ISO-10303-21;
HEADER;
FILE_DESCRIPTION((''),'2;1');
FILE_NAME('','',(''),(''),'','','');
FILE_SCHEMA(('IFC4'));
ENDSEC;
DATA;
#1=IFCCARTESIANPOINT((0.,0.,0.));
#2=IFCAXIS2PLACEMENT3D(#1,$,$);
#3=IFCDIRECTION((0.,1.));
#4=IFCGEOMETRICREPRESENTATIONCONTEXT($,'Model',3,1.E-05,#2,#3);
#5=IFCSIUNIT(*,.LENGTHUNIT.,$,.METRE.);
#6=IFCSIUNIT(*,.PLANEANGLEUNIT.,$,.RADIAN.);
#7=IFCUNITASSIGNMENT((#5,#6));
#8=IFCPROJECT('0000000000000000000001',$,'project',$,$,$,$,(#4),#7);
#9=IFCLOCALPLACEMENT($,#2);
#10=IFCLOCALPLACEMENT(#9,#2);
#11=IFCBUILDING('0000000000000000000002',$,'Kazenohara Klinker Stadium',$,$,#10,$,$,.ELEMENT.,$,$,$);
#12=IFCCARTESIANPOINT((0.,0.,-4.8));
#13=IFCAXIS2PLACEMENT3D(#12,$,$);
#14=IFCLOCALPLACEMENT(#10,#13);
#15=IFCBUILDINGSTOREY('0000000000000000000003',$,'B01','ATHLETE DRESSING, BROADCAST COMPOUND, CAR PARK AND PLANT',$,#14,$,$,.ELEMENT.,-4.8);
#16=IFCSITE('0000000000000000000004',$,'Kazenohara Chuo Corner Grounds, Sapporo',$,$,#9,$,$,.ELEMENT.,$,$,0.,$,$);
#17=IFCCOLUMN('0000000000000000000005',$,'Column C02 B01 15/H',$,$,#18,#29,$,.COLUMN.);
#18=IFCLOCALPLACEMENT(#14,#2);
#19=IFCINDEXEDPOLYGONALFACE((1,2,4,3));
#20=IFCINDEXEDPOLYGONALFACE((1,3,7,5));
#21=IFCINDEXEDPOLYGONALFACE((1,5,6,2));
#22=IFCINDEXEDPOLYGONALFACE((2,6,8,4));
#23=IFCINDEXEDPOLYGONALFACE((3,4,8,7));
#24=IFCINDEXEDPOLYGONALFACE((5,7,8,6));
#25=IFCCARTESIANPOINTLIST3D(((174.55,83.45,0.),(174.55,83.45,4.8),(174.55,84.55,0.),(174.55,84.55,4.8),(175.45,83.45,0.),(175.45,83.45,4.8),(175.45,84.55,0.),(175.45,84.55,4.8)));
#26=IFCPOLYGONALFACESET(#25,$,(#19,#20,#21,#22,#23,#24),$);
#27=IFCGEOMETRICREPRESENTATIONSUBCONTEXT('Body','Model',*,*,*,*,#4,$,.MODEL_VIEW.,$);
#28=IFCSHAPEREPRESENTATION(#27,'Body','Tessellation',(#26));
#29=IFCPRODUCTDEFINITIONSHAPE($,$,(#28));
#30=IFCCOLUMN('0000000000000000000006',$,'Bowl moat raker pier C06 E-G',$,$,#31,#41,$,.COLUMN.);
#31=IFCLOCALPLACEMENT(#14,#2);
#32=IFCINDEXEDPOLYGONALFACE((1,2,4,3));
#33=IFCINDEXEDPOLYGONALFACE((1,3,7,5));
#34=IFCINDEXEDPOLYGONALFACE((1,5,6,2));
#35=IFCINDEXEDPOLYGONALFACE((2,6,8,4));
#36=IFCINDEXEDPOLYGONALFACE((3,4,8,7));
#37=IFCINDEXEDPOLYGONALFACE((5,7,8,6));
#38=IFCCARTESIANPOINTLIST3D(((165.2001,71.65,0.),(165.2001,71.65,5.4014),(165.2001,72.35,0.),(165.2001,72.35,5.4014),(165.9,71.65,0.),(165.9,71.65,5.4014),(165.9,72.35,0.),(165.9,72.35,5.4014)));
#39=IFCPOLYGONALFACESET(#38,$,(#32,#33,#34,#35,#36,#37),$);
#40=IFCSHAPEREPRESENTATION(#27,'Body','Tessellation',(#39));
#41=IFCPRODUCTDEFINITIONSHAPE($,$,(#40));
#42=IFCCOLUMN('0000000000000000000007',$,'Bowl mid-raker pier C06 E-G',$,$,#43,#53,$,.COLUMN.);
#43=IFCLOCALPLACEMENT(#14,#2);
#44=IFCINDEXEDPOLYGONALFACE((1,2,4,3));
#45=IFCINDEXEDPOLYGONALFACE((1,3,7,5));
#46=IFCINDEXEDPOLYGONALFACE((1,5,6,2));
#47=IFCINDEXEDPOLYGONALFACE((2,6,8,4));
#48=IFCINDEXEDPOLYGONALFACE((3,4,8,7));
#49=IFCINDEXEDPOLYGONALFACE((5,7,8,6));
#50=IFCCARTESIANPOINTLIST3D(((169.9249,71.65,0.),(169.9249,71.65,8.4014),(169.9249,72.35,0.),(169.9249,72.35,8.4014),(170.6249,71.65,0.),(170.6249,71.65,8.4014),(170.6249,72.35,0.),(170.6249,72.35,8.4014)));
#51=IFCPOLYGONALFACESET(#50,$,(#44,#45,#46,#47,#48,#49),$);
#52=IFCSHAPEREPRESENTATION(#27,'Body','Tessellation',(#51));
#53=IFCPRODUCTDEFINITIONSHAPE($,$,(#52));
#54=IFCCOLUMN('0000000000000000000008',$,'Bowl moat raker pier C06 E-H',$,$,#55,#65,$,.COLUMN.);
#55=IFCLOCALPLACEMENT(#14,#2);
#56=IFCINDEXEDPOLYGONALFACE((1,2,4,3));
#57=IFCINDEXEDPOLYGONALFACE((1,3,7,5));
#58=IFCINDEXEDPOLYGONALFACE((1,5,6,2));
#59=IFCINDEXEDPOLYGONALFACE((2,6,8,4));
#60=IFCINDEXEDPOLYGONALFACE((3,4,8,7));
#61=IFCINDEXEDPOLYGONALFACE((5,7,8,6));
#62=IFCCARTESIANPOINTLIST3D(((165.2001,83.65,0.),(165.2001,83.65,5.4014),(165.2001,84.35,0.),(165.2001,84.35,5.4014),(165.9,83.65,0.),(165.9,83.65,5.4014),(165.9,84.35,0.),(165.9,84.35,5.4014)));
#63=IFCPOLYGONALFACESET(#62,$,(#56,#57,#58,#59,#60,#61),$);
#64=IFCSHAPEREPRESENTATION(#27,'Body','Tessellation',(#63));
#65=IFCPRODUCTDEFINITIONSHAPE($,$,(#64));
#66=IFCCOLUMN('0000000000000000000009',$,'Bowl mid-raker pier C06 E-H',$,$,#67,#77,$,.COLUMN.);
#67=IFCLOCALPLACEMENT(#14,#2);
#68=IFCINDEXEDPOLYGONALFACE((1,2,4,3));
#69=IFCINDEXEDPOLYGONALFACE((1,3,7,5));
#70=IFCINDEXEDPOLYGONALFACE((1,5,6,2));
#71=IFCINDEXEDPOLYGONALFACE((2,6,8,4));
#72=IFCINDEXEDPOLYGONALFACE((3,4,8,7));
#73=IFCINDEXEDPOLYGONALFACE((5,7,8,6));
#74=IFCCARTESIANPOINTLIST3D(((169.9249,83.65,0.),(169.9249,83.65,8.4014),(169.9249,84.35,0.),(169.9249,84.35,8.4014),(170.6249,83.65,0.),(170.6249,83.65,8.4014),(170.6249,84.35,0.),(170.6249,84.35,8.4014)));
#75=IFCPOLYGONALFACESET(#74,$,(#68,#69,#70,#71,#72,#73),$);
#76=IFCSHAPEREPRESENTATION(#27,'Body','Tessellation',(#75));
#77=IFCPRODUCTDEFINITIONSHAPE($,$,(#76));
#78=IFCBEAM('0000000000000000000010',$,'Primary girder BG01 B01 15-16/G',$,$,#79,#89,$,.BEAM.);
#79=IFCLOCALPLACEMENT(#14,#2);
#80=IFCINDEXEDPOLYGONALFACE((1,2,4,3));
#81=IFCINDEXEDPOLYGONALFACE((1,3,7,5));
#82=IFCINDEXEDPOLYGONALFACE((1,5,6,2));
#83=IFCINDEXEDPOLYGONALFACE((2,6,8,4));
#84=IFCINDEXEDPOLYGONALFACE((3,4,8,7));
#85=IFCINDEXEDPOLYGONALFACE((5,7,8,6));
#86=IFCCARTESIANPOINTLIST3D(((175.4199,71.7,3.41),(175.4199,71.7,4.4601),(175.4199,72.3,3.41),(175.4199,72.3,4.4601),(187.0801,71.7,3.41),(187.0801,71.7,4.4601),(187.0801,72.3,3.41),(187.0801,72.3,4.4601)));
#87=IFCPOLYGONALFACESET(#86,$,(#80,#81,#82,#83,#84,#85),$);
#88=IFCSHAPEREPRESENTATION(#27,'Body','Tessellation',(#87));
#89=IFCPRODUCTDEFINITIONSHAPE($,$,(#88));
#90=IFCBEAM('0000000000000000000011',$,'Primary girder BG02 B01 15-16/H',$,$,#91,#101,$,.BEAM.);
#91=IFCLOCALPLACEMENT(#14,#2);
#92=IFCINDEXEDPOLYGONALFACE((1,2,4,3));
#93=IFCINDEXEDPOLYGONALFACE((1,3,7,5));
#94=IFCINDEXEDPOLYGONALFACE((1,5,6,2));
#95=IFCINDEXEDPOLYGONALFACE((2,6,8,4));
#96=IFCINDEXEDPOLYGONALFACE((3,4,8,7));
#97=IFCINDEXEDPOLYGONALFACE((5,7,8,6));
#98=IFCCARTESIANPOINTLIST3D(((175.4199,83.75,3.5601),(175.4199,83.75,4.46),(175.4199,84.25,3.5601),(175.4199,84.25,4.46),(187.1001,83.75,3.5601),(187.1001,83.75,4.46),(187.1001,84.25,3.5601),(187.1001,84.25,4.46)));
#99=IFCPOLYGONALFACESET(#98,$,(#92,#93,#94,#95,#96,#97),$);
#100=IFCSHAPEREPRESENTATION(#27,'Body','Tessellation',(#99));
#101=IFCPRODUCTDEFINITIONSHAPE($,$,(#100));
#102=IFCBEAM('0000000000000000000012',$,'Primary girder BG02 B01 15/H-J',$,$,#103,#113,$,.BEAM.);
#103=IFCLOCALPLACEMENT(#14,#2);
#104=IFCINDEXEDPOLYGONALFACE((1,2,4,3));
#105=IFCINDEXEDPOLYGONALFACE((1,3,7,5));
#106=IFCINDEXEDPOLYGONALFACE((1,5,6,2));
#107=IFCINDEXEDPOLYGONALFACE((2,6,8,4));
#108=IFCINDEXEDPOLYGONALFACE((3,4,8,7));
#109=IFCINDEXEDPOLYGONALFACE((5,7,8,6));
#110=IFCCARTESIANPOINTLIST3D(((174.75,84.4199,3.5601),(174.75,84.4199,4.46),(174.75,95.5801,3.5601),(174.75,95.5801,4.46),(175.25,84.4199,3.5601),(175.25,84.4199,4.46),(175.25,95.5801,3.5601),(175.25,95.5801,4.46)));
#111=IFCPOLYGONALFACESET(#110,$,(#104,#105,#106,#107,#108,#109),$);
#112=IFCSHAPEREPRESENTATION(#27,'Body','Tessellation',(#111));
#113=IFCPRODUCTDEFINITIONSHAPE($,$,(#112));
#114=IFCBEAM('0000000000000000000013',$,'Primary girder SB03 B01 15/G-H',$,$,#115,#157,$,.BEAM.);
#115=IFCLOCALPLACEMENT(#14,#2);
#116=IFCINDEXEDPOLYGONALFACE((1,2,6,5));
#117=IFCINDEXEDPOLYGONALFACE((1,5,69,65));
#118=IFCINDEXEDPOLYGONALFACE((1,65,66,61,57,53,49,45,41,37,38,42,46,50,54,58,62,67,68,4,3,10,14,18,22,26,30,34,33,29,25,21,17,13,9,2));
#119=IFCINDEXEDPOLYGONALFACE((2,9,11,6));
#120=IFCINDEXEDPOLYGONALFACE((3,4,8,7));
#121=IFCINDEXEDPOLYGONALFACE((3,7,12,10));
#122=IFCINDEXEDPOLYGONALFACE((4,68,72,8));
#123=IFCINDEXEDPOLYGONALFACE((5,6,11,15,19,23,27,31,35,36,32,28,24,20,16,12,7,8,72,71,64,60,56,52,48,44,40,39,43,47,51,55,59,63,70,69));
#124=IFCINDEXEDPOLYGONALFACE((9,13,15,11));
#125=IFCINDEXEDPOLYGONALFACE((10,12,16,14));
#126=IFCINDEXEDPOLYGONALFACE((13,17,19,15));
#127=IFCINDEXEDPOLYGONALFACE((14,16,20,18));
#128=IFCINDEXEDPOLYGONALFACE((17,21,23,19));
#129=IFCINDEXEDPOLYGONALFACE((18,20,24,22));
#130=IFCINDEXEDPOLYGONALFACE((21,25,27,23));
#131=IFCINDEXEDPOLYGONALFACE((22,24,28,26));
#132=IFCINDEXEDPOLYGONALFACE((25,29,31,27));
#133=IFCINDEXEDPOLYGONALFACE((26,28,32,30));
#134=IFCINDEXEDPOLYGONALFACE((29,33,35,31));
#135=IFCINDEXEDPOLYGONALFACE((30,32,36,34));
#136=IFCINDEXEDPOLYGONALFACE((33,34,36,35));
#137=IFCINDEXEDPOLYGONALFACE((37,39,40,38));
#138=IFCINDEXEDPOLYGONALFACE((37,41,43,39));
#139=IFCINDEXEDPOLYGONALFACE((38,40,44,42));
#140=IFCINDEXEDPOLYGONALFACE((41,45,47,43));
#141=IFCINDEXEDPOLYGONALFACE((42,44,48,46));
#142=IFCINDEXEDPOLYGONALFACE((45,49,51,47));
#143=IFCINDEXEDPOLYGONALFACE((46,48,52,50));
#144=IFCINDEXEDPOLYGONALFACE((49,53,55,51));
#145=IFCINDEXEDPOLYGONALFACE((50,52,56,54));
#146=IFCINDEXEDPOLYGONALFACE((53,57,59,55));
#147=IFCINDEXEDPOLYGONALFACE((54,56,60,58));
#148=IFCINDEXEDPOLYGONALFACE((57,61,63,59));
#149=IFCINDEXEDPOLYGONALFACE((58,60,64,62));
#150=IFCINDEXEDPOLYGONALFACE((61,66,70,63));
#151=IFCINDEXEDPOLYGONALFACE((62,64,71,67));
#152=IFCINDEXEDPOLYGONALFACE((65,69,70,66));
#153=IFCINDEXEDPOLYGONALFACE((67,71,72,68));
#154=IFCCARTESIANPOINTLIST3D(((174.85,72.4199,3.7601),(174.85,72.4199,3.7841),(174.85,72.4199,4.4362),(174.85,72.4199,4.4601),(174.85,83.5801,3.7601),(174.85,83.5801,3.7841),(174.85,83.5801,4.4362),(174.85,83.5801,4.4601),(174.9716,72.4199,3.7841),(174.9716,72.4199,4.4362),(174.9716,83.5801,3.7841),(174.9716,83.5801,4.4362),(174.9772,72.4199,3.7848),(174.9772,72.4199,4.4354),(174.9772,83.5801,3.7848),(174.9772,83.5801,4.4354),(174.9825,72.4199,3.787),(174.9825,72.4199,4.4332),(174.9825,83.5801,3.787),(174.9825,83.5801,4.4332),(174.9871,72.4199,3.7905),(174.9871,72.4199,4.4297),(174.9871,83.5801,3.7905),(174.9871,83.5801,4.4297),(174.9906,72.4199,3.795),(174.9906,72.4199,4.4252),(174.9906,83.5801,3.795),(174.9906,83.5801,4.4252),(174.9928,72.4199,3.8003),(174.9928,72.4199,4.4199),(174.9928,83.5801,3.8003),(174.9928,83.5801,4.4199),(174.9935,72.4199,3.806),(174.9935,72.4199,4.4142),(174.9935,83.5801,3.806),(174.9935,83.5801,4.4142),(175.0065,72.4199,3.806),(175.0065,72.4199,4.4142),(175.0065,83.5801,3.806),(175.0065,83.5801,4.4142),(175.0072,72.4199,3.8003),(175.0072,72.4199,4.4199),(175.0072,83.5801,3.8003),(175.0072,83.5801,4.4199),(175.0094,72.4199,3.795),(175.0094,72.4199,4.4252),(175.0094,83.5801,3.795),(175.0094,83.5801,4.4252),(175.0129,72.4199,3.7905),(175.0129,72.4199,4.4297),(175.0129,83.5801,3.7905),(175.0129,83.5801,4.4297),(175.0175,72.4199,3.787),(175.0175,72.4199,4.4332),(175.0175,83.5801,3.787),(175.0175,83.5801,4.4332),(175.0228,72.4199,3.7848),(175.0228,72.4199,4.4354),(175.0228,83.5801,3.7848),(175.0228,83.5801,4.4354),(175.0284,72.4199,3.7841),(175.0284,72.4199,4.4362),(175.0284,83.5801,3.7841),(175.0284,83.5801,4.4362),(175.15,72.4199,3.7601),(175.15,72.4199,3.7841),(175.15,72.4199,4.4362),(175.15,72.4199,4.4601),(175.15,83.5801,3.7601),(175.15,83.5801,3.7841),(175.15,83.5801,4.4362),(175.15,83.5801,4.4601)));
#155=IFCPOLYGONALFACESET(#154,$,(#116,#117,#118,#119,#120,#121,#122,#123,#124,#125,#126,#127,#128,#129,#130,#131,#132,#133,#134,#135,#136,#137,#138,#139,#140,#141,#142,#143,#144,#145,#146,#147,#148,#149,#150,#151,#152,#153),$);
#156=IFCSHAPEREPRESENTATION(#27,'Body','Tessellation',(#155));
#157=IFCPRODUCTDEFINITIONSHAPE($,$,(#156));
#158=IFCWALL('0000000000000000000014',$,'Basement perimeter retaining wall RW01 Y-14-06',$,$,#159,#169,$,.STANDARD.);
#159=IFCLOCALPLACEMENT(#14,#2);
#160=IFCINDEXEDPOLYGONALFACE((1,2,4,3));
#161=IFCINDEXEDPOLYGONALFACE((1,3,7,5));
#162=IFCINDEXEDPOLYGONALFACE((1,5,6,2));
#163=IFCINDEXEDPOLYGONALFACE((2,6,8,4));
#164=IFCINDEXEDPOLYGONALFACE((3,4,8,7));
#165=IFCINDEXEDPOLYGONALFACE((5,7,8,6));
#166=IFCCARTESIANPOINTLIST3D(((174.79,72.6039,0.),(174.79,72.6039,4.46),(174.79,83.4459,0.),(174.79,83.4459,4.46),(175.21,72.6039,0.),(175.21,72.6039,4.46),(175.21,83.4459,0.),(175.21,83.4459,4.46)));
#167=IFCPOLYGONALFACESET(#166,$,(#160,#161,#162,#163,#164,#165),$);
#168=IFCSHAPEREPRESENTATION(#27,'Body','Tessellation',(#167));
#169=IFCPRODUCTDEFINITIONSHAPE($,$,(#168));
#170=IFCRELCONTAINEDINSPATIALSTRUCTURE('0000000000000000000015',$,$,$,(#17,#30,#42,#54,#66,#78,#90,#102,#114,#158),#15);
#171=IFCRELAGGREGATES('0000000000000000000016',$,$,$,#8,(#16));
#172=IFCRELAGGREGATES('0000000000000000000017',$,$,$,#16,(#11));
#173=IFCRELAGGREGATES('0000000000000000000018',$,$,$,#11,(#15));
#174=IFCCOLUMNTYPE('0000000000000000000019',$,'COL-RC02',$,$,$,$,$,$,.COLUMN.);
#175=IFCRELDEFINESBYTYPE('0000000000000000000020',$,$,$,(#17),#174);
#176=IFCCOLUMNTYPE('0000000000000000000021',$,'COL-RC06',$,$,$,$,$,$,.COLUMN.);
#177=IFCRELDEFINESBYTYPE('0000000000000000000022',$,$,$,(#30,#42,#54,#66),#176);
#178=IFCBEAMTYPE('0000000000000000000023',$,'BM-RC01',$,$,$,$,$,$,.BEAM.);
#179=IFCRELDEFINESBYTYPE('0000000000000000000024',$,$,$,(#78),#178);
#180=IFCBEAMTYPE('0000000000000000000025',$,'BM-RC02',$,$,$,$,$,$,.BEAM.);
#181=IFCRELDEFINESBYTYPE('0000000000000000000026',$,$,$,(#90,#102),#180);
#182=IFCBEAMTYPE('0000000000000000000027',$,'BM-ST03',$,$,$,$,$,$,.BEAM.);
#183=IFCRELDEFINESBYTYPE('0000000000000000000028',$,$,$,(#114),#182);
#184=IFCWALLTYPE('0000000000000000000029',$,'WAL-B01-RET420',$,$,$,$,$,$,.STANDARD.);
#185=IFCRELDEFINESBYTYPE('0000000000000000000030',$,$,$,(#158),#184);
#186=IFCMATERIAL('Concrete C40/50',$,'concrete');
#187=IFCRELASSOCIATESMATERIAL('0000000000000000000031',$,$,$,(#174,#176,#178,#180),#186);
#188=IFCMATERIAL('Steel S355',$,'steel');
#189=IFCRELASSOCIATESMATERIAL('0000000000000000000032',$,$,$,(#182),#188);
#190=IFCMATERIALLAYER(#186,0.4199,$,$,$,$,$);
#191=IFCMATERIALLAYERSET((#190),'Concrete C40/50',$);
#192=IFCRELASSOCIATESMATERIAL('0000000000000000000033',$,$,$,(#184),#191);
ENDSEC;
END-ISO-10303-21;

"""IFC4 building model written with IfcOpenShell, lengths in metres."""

from ifc_helpers import new_model, si_unit, direction, frame, frame_2d, origin, origin_2d, place, context, subcontext, project, spatial, rectangle, i_section, extrude, material, layer, layer_set, material_profile, profile_set, type_object, element, save


model = new_model("IFC4")

# Units and contexts
model_context = context("Model", 3, precision=1e-05, world=origin(), true_north=direction((0.0, 1.0)))
body_context = subcontext(model_context, "Body", "Model", "MODEL_VIEW")
ifc_project = project(units=[si_unit("LENGTHUNIT", "METRE"), si_unit("PLANEANGLEUNIT", "RADIAN")], contexts=[model_context])

# Site, building, storey
site_placement = place(None, origin())
site = spatial("IfcSite", under=ifc_project, at=site_placement, Name="Kazenohara Chuo Corner Grounds, Sapporo", CompositionType="ELEMENT", RefElevation=0.0)
building_placement = place(site_placement, origin())
building = spatial("IfcBuilding", under=site, at=building_placement, Name="Kazenohara Klinker Stadium", CompositionType="ELEMENT")
storey_placement = place(building_placement, frame((0.0, 0.0, -4.8)))
storey = spatial("IfcBuildingStorey", under=building, at=storey_placement, Name="B01", Description="ATHLETE DRESSING, BROADCAST COMPOUND, CAR PARK AND PLANT", CompositionType="ELEMENT", Elevation=-4.8)

# Columns
ifc_material_1 = material(Name="Concrete C40/50", Category="concrete")
ifc_material_profile_1 = material_profile(ifc_material_1, rectangle(XDim=0.8999, YDim=1.1001, at=origin_2d()), Name="RC-COL-1100x900")
ifc_profile_set_1 = profile_set([ifc_material_profile_1], Name="Concrete C40/50")
column_type_1 = type_object("IfcColumnType", Name="COL-RC02", PredefinedType="COLUMN", material=ifc_profile_set_1)
column_1_placement = place(storey_placement, frame((175.0, 84.0, 0.0), z_axis=(0.0, 0.0, 1.0), x_axis=(1.0, 0.0, 0.0)))
element("IfcColumn", 1, at=column_1_placement, inside=storey, type_object=column_type_1, Name="Column C02 B01 15/H", PredefinedType="COLUMN", context=body_context, shape_type="SweptSolid", body=[
    extrude(rectangle(XDim=0.8999, YDim=1.1001, at=origin_2d()), origin(), (0.0, 0.0, 1.0), 4.8),
])
ifc_material_profile_2 = material_profile(ifc_material_1, rectangle(XDim=0.7, YDim=0.7, at=origin_2d()), Name="RC-COL-700x700")
ifc_profile_set_2 = profile_set([ifc_material_profile_2], Name="Concrete C40/50")
column_type_2 = type_object("IfcColumnType", Name="COL-RC06", PredefinedType="COLUMN", material=ifc_profile_set_2)
column_2_placement = place(storey_placement, frame((165.55, 72.0, 0.0), z_axis=(0.0, 0.0, 1.0), x_axis=(1.0, 0.0, 0.0)))
element("IfcColumn", 2, at=column_2_placement, inside=storey, type_object=column_type_2, Name="Bowl moat raker pier C06 E-G", PredefinedType="COLUMN", context=body_context, shape_type="SweptSolid", body=[
    extrude(rectangle(XDim=0.7, YDim=0.7, at=origin_2d()), origin(), (0.0, 0.0, 1.0), 5.4014),
])
column_3_placement = place(storey_placement, frame((170.2749, 72.0, 0.0), z_axis=(0.0, 0.0, 1.0), x_axis=(1.0, 0.0, 0.0)))
element("IfcColumn", 3, at=column_3_placement, inside=storey, type_object=column_type_2, Name="Bowl mid-raker pier C06 E-G", PredefinedType="COLUMN", context=body_context, shape_type="SweptSolid", body=[
    extrude(rectangle(XDim=0.7, YDim=0.7, at=origin_2d()), origin(), (0.0, 0.0, 1.0), 8.4014),
])
column_4_placement = place(storey_placement, frame((165.55, 84.0, 0.0), z_axis=(0.0, 0.0, 1.0), x_axis=(1.0, 0.0, 0.0)))
element("IfcColumn", 4, at=column_4_placement, inside=storey, type_object=column_type_2, Name="Bowl moat raker pier C06 E-H", PredefinedType="COLUMN", context=body_context, shape_type="SweptSolid", body=[
    extrude(rectangle(XDim=0.7, YDim=0.7, at=origin_2d()), origin(), (0.0, 0.0, 1.0), 5.4014),
])
column_5_placement = place(storey_placement, frame((170.2749, 84.0, 0.0), z_axis=(0.0, 0.0, 1.0), x_axis=(1.0, 0.0, 0.0)))
element("IfcColumn", 5, at=column_5_placement, inside=storey, type_object=column_type_2, Name="Bowl mid-raker pier C06 E-H", PredefinedType="COLUMN", context=body_context, shape_type="SweptSolid", body=[
    extrude(rectangle(XDim=0.7, YDim=0.7, at=origin_2d()), origin(), (0.0, 0.0, 1.0), 8.4014),
])

# Beams
ifc_material_profile_3 = material_profile(ifc_material_1, rectangle(XDim=0.6001, YDim=1.05, at=origin_2d()), Name="RC-BM-600x1050")
ifc_profile_set_3 = profile_set([ifc_material_profile_3], Name="Concrete C40/50")
beam_type_1 = type_object("IfcBeamType", Name="BM-RC01", PredefinedType="BEAM", material=ifc_profile_set_3)
beam_1_placement = place(storey_placement, frame((175.4199, 72.0, 3.9351), z_axis=(1.0, 0.0, 0.0), x_axis=(0.0, 1.0, 0.0)))
element("IfcBeam", 6, at=beam_1_placement, inside=storey, type_object=beam_type_1, Name="Primary girder BG01 B01 15-16/G", PredefinedType="BEAM", context=body_context, shape_type="SweptSolid", body=[
    extrude(rectangle(XDim=0.6001, YDim=1.05, at=origin_2d()), origin(), (0.0, 0.0, 1.0), 11.6602),
])
ifc_material_profile_4 = material_profile(ifc_material_1, rectangle(XDim=0.5, YDim=0.8999, at=origin_2d()), Name="RC-BM-500x900")
ifc_profile_set_4 = profile_set([ifc_material_profile_4], Name="Concrete C40/50")
beam_type_2 = type_object("IfcBeamType", Name="BM-RC02", PredefinedType="BEAM", material=ifc_profile_set_4)
beam_2_placement = place(storey_placement, frame((175.4199, 84.0, 4.01), z_axis=(1.0, 0.0, 0.0), x_axis=(0.0, 1.0, 0.0)))
element("IfcBeam", 7, at=beam_2_placement, inside=storey, type_object=beam_type_2, Name="Primary girder BG02 B01 15-16/H", PredefinedType="BEAM", context=body_context, shape_type="SweptSolid", body=[
    extrude(rectangle(XDim=0.5, YDim=0.8999, at=origin_2d()), origin(), (0.0, 0.0, 1.0), 11.6802),
])
beam_3_placement = place(storey_placement, frame((175.0, 84.4199, 4.01), z_axis=(0.0, 1.0, 0.0), x_axis=(-1.0, 0.0, 0.0)))
element("IfcBeam", 8, at=beam_3_placement, inside=storey, type_object=beam_type_2, Name="Primary girder BG02 B01 15/H-J", PredefinedType="BEAM", context=body_context, shape_type="SweptSolid", body=[
    extrude(rectangle(XDim=0.5, YDim=0.8999, at=origin_2d()), origin(), (0.0, 0.0, 1.0), 11.1602),
])
ifc_material_2 = material(Name="Steel S355", Category="steel")
ifc_material_profile_5 = material_profile(ifc_material_2, i_section(OverallWidth=0.3, OverallDepth=0.7, WebThickness=0.0129, FlangeThickness=0.0239, FilletRadius=0.022, at=origin_2d()), Name="H-700x300x13x24")
ifc_profile_set_5 = profile_set([ifc_material_profile_5], Name="Steel S355")
beam_type_3 = type_object("IfcBeamType", Name="BM-ST03", PredefinedType="BEAM", material=ifc_profile_set_5)
beam_4_placement = place(storey_placement, frame((175.0, 72.4199, 4.1101), z_axis=(0.0, 1.0, 0.0), x_axis=(-1.0, 0.0, 0.0)))
element("IfcBeam", 9, at=beam_4_placement, inside=storey, type_object=beam_type_3, Name="Primary girder SB03 B01 15/G-H", PredefinedType="BEAM", context=body_context, shape_type="SweptSolid", body=[
    extrude(i_section(OverallWidth=0.3, OverallDepth=0.7, WebThickness=0.0129, FlangeThickness=0.0239, FilletRadius=0.022, at=origin_2d()), origin(), (0.0, 0.0, 1.0), 11.1602),
])

# Wall
ifc_layer = layer(ifc_material_1, 0.4199)
ifc_layer_set = layer_set([ifc_layer], Name="Concrete C40/50")
wall_type = type_object("IfcWallType", Name="WAL-B01-RET420", PredefinedType="STANDARD", material=ifc_layer_set)
wall_placement = place(storey_placement, frame((175.0, 72.604, 0.0), z_axis=(0.0, 0.0, 1.0), x_axis=(0.0, 1.0, 0.0)))
element("IfcWall", 10, at=wall_placement, inside=storey, type_object=wall_type, Name="Basement perimeter retaining wall RW01 Y-14-06", PredefinedType="STANDARD", context=body_context, shape_type="SweptSolid", body=[
    extrude(rectangle(XDim=10.842, YDim=0.4199, at=frame_2d((5.4209, 0.0))), origin(), (0.0, 0.0, 1.0), 4.46),
])

save(model, "model.ifc")
